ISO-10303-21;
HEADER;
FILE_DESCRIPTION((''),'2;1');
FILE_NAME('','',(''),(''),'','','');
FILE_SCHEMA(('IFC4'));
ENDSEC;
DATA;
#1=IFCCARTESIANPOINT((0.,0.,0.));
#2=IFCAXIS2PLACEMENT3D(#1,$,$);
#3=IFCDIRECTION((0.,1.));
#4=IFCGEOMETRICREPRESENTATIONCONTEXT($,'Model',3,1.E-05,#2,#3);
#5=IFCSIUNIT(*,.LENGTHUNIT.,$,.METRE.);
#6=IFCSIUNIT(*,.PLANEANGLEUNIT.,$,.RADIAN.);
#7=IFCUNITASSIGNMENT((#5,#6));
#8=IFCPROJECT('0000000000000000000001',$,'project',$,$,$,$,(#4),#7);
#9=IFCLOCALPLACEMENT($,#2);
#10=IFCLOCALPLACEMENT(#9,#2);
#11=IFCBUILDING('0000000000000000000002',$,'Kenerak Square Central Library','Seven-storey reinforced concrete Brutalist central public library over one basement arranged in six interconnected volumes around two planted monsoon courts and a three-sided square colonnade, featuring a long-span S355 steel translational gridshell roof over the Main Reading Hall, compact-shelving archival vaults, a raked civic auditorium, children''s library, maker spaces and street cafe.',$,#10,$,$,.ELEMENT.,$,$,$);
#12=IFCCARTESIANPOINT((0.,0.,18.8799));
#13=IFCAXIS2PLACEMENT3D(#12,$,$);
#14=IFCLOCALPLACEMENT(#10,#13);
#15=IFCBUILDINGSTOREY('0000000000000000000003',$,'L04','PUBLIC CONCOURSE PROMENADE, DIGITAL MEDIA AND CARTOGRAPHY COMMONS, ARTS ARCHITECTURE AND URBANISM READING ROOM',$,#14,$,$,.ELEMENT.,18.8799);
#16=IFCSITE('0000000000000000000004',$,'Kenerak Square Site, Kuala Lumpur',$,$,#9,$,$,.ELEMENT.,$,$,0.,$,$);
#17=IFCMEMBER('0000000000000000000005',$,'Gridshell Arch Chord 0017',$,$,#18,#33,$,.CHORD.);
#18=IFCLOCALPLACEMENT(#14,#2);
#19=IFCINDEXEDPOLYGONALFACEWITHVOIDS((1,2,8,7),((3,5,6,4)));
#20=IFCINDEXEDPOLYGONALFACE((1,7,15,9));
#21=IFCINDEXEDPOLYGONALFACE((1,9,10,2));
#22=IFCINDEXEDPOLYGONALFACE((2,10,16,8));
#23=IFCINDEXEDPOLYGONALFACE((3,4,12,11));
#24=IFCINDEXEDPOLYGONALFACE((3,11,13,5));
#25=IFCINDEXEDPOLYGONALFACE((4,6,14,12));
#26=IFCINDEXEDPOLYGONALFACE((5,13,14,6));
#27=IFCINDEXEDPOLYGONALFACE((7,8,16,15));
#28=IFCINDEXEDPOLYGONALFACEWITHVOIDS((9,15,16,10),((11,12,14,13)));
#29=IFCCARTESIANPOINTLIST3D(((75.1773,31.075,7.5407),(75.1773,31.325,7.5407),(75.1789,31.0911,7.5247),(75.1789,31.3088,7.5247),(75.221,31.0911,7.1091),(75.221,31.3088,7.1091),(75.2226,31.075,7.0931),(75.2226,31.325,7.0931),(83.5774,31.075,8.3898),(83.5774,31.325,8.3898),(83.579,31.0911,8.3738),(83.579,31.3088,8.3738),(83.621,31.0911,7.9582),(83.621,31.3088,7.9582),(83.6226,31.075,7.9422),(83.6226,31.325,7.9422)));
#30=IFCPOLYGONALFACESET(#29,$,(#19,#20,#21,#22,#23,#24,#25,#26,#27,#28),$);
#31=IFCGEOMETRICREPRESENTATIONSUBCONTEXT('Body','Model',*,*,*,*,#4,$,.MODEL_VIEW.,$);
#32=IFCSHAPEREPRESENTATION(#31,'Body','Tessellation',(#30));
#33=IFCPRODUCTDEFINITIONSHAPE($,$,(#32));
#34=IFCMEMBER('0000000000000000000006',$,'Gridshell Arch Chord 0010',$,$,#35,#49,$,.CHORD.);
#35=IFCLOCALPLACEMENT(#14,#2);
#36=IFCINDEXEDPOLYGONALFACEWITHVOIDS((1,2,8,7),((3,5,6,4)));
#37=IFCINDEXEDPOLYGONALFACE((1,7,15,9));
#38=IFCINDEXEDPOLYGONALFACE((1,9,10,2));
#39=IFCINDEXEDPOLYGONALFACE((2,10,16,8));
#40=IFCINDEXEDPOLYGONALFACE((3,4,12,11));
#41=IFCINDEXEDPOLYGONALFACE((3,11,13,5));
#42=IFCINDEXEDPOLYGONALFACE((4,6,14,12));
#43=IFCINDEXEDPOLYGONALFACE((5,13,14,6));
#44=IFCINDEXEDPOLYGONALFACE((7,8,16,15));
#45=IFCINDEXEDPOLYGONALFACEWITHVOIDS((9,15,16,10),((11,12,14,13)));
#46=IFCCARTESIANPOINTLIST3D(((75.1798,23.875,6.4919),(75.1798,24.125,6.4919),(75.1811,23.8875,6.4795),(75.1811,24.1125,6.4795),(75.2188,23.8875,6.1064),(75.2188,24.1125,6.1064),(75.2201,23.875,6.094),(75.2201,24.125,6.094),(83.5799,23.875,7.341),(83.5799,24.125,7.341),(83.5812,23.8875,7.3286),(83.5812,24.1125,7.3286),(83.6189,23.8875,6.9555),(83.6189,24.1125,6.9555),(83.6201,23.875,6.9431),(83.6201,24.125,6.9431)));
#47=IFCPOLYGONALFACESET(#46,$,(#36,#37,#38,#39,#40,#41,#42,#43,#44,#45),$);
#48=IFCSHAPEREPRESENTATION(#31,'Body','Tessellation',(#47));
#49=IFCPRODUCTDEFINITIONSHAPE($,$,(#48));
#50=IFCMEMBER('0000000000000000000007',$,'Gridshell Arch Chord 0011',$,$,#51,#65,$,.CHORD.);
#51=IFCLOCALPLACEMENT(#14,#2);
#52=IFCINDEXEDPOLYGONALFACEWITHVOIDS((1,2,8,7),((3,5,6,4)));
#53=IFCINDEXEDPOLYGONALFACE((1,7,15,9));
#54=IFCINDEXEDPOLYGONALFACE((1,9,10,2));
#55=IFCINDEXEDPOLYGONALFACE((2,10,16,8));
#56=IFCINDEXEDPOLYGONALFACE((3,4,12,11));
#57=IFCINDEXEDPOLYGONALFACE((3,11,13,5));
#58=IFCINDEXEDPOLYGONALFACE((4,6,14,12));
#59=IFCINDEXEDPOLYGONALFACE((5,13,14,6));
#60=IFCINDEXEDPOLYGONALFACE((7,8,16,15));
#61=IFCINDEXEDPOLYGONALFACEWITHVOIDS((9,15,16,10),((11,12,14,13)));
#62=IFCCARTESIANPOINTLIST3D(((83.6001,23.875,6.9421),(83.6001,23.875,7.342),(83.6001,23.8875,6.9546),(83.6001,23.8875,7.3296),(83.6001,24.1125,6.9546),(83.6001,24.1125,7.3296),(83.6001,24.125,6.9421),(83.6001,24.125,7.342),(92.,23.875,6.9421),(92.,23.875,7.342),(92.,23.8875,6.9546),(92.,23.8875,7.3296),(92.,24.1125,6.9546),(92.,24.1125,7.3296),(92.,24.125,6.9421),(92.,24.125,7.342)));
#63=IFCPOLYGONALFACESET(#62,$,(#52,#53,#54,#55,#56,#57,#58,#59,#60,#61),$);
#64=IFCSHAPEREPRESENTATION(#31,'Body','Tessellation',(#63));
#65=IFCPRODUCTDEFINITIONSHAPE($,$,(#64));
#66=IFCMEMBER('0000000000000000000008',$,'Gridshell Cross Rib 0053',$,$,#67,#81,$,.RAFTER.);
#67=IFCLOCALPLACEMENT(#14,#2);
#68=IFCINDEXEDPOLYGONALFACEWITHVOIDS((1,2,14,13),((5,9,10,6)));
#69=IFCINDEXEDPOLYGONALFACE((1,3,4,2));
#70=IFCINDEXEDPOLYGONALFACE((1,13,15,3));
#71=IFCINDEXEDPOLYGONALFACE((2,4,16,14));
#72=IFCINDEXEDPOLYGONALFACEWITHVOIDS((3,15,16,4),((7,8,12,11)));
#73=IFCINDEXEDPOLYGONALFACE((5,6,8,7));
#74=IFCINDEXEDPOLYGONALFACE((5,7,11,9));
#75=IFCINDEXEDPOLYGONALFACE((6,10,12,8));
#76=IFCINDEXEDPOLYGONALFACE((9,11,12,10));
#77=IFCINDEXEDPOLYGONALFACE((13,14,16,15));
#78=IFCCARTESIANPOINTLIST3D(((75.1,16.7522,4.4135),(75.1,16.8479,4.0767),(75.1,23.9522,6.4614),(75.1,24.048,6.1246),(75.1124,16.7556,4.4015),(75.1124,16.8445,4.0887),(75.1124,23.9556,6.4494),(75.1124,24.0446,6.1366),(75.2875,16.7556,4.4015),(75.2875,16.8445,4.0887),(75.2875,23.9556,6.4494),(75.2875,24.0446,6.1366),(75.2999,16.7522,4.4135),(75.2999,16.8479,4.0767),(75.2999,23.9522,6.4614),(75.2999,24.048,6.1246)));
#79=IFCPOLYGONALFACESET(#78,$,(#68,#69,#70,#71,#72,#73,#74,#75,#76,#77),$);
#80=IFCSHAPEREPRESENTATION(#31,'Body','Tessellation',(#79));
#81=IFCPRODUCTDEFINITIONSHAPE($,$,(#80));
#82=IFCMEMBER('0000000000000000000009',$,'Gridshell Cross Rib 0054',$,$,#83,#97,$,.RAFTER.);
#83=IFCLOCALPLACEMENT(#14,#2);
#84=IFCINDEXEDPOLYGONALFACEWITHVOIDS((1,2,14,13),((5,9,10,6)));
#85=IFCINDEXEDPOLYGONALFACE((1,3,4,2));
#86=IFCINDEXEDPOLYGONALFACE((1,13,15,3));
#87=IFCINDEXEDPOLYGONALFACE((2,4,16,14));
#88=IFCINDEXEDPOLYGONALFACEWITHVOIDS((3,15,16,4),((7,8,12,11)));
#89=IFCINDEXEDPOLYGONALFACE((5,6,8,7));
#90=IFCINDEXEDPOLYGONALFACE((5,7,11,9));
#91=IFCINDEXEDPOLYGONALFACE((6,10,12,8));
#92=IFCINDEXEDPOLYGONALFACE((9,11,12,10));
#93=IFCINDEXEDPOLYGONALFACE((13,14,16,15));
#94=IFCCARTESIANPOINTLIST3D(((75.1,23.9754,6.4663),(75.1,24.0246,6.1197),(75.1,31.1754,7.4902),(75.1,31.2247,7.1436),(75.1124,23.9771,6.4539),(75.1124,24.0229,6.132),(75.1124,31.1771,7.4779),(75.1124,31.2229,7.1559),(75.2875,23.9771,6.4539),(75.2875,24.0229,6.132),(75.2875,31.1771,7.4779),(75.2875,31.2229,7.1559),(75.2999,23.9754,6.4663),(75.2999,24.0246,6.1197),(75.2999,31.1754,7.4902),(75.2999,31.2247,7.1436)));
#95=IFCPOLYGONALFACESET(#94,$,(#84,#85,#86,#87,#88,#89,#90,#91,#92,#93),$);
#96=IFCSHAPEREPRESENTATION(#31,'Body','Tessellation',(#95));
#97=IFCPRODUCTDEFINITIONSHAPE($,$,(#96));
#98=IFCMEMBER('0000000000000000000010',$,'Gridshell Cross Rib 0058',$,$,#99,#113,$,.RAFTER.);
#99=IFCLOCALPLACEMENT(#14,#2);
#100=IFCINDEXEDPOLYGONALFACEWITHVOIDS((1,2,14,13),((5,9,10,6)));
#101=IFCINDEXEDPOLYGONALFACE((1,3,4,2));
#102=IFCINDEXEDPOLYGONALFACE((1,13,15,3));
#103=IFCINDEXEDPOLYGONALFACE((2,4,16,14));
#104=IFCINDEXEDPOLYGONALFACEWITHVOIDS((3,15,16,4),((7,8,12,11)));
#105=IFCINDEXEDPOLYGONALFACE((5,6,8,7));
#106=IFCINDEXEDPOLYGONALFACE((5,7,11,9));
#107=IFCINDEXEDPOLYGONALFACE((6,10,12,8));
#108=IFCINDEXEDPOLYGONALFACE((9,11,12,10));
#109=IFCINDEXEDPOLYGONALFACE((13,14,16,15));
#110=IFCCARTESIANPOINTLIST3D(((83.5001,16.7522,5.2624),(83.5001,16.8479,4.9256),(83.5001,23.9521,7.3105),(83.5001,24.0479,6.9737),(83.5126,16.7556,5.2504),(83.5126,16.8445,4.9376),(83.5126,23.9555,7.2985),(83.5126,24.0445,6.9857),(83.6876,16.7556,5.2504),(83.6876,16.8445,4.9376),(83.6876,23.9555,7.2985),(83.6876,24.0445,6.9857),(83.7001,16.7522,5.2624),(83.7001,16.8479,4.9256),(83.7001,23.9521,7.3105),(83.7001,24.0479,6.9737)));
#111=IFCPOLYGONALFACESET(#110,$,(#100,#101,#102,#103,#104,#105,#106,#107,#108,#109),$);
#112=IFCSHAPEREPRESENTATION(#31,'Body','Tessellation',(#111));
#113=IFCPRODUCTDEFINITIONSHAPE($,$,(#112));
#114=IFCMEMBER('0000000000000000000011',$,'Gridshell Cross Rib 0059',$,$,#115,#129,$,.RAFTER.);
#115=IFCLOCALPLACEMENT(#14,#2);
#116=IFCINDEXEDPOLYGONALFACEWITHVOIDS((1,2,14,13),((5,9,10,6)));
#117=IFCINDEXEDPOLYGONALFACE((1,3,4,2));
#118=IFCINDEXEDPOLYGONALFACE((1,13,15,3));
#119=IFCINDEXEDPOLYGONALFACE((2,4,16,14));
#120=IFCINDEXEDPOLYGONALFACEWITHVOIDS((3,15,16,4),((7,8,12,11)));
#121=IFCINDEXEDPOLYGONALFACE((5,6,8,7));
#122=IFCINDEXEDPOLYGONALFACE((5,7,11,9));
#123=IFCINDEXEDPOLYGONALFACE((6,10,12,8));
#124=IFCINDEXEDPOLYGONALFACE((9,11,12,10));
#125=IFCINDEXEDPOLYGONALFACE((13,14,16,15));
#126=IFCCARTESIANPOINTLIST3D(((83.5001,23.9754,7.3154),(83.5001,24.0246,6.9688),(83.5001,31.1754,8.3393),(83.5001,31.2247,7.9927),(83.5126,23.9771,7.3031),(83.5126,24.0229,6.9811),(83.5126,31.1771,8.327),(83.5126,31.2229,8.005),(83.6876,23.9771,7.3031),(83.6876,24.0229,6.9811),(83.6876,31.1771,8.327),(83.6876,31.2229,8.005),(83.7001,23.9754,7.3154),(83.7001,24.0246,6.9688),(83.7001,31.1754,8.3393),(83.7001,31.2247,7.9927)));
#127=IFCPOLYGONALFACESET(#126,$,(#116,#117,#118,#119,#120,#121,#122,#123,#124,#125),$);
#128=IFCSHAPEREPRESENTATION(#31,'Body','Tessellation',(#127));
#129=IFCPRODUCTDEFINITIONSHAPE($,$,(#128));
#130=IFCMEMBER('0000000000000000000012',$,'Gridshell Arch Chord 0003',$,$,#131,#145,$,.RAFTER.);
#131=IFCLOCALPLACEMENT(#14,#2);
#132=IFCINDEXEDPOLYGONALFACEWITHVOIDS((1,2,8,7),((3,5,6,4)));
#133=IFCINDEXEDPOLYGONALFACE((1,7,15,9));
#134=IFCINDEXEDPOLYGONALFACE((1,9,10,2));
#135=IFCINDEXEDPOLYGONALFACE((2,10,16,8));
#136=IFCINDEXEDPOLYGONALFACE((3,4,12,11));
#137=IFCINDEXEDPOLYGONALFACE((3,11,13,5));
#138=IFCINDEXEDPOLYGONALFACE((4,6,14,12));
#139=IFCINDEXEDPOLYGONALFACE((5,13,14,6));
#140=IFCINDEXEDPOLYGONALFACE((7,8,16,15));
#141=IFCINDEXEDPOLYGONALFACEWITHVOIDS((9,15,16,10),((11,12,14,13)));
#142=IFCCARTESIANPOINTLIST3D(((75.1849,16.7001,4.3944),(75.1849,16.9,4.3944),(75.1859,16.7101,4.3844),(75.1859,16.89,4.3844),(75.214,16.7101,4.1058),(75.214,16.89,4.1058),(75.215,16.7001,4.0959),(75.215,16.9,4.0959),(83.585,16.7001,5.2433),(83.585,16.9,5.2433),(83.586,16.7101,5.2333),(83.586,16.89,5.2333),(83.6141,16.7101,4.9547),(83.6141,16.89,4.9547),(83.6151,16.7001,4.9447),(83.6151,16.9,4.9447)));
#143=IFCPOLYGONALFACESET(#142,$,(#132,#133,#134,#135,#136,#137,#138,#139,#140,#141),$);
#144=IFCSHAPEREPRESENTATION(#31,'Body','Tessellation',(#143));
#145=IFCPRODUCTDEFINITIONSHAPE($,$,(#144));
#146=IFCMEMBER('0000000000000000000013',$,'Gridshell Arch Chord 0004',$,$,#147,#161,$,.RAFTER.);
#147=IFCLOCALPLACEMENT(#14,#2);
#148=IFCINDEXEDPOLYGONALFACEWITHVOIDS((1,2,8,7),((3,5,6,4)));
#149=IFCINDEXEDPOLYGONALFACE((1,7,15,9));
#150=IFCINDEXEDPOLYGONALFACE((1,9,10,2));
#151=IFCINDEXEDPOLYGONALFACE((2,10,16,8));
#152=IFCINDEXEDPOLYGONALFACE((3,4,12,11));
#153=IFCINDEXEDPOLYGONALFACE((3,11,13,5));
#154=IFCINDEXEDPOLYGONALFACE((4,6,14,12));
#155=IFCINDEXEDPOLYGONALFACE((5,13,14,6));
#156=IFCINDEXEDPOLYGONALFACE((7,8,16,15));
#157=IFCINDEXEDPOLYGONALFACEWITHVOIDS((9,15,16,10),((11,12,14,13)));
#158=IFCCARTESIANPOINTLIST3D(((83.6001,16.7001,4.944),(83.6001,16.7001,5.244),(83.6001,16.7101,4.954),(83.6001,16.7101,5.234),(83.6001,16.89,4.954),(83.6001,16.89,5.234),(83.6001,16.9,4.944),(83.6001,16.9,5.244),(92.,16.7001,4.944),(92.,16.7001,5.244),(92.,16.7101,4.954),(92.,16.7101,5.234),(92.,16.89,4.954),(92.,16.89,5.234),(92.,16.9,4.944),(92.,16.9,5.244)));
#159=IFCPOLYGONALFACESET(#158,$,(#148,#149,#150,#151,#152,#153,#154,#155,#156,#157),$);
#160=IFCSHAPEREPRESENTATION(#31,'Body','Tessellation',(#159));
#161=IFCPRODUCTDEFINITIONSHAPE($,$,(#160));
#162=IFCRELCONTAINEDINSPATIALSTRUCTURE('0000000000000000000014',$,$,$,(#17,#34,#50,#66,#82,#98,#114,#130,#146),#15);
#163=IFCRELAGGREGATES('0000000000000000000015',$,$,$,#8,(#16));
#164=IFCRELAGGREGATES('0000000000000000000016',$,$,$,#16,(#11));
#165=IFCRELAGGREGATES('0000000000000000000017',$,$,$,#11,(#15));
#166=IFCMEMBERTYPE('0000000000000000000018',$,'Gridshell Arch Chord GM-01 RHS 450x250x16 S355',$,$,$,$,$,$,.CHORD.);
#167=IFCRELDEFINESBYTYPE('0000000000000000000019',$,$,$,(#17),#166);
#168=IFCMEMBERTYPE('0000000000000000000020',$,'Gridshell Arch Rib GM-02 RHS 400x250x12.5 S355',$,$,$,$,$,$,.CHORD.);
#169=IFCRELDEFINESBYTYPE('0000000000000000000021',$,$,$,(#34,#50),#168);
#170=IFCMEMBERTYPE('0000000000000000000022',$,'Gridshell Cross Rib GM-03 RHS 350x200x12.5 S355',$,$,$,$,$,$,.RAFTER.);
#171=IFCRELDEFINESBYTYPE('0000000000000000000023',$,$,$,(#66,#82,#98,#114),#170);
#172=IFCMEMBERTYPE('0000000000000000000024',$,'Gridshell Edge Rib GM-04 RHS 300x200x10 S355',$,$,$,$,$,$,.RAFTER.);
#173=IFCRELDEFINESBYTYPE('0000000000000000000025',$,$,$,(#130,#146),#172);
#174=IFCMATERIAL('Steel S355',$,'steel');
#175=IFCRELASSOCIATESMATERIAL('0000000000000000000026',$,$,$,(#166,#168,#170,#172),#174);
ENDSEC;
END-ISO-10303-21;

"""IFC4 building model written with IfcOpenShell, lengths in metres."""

from ifc_helpers import new_model, si_unit, direction, frame, origin, origin_2d, place, context, subcontext, project, spatial, hollow_rectangle, extrude, material, material_profile, profile_set, type_object, element, save


model = new_model("IFC4")

# Units and contexts
model_context = context("Model", 3, precision=1e-05, world=origin(), true_north=direction((0.0, 1.0)))
body_context = subcontext(model_context, "Body", "Model", "MODEL_VIEW")
ifc_project = project(units=[si_unit("LENGTHUNIT", "METRE"), si_unit("PLANEANGLEUNIT", "RADIAN")], contexts=[model_context])

# Site, building, storey
site_placement = place(None, origin())
site = spatial("IfcSite", under=ifc_project, at=site_placement, Name="Kenerak Square Site, Kuala Lumpur", CompositionType="ELEMENT", RefElevation=0.0)
building_placement = place(site_placement, origin())
building = spatial("IfcBuilding", under=site, at=building_placement, Name="Kenerak Square Central Library", Description="Seven-storey reinforced concrete Brutalist central public library over one basement arranged in six interconnected volumes around two planted monsoon courts and a three-sided square colonnade, featuring a long-span S355 steel translational gridshell roof over the Main Reading Hall, compact-shelving archival vaults, a raked civic auditorium, children's library, maker spaces and street cafe.", CompositionType="ELEMENT")
storey_placement = place(building_placement, frame((0.0, 0.0, 18.8799)))
storey = spatial("IfcBuildingStorey", under=building, at=storey_placement, Name="L04", Description="PUBLIC CONCOURSE PROMENADE, DIGITAL MEDIA AND CARTOGRAPHY COMMONS, ARTS ARCHITECTURE AND URBANISM READING ROOM", CompositionType="ELEMENT", Elevation=18.8799)

# Members
ifc_material = material(Name="Steel S355", Category="steel")
ifc_material_profile_1 = material_profile(ifc_material, hollow_rectangle(XDim=0.25, YDim=0.45, WallThickness=0.0161, at=origin_2d()), Name="RHS 450x250x16.0")
ifc_profile_set_1 = profile_set([ifc_material_profile_1], Name="Steel S355")
member_type_1 = type_object("IfcMemberType", Name="Gridshell Arch Chord GM-01 RHS 450x250x16 S355", PredefinedType="CHORD", material=ifc_profile_set_1)
member_1_placement = place(storey_placement, frame((75.2, 31.2, 7.3169), z_axis=(0.99493, 0.0, 0.100572), x_axis=(0.0, 1.0, 0.0)))
element("IfcMember", 1, at=member_1_placement, inside=storey, type_object=member_type_1, Name="Gridshell Arch Chord 0017", PredefinedType="CHORD", context=body_context, shape_type="SweptSolid", body=[
    extrude(hollow_rectangle(XDim=0.25, YDim=0.45, WallThickness=0.0161, at=origin_2d()), origin(), (0.0, 0.0, 1.0), 8.4429),
])
ifc_material_profile_2 = material_profile(ifc_material, hollow_rectangle(XDim=0.25, YDim=0.3999, WallThickness=0.0125, at=origin_2d()), Name="RHS 400x250x12.5")
ifc_profile_set_2 = profile_set([ifc_material_profile_2], Name="Steel S355")
member_type_2 = type_object("IfcMemberType", Name="Gridshell Arch Rib GM-02 RHS 400x250x12.5 S355", PredefinedType="CHORD", material=ifc_profile_set_2)
member_2_placement = place(storey_placement, frame((75.2, 24.0, 6.293), z_axis=(0.99493, 0.0, 0.100572), x_axis=(0.0, 1.0, 0.0)))
element("IfcMember", 2, at=member_2_placement, inside=storey, type_object=member_type_2, Name="Gridshell Arch Chord 0010", PredefinedType="CHORD", context=body_context, shape_type="SweptSolid", body=[
    extrude(hollow_rectangle(XDim=0.25, YDim=0.3999, WallThickness=0.0125, at=origin_2d()), origin(), (0.0, 0.0, 1.0), 8.4429),
])
member_3_placement = place(storey_placement, frame((83.6001, 24.0, 7.1421), z_axis=(1.0, 0.0, 0.0), x_axis=(0.0, 1.0, 0.0)))
element("IfcMember", 3, at=member_3_placement, inside=storey, type_object=member_type_2, Name="Gridshell Arch Chord 0011", PredefinedType="CHORD", context=body_context, shape_type="SweptSolid", body=[
    extrude(hollow_rectangle(XDim=0.25, YDim=0.3999, WallThickness=0.0125, at=origin_2d()), origin(), (0.0, 0.0, 1.0), 8.3999),
])
ifc_material_profile_3 = material_profile(ifc_material, hollow_rectangle(XDim=0.2, YDim=0.3501, WallThickness=0.0125, at=origin_2d()), Name="RHS 350x200x12.5")
ifc_profile_set_3 = profile_set([ifc_material_profile_3], Name="Steel S355")
member_type_3 = type_object("IfcMemberType", Name="Gridshell Cross Rib GM-03 RHS 350x200x12.5 S355", PredefinedType="RAFTER", material=ifc_profile_set_3)
member_4_placement = place(storey_placement, frame((75.2, 16.8, 4.2451), z_axis=(0.0, 0.961851, 0.273575), x_axis=(-1.0, 0.0, 0.0)))
element("IfcMember", 4, at=member_4_placement, inside=storey, type_object=member_type_3, Name="Gridshell Cross Rib 0053", PredefinedType="RAFTER", context=body_context, shape_type="SweptSolid", body=[
    extrude(hollow_rectangle(XDim=0.2, YDim=0.3501, WallThickness=0.0125, at=origin_2d()), origin(), (0.0, 0.0, 1.0), 7.4856),
])
member_5_placement = place(storey_placement, frame((75.2, 24.0, 6.293), z_axis=(0.0, 0.990039, 0.140796), x_axis=(-1.0, 0.0, 0.0)))
element("IfcMember", 5, at=member_5_placement, inside=storey, type_object=member_type_3, Name="Gridshell Cross Rib 0054", PredefinedType="RAFTER", context=body_context, shape_type="SweptSolid", body=[
    extrude(hollow_rectangle(XDim=0.2, YDim=0.3501, WallThickness=0.0125, at=origin_2d()), origin(), (0.0, 0.0, 1.0), 7.2725),
])
member_6_placement = place(storey_placement, frame((83.6001, 16.8, 5.094), z_axis=(0.0, 0.961842, 0.273605), x_axis=(-1.0, 0.0, 0.0)))
element("IfcMember", 6, at=member_6_placement, inside=storey, type_object=member_type_3, Name="Gridshell Cross Rib 0058", PredefinedType="RAFTER", context=body_context, shape_type="SweptSolid", body=[
    extrude(hollow_rectangle(XDim=0.2, YDim=0.3501, WallThickness=0.0125, at=origin_2d()), origin(), (0.0, 0.0, 1.0), 7.4856),
])
member_7_placement = place(storey_placement, frame((83.6001, 24.0, 7.1421), z_axis=(0.0, 0.990039, 0.140796), x_axis=(-1.0, 0.0, 0.0)))
element("IfcMember", 7, at=member_7_placement, inside=storey, type_object=member_type_3, Name="Gridshell Cross Rib 0059", PredefinedType="RAFTER", context=body_context, shape_type="SweptSolid", body=[
    extrude(hollow_rectangle(XDim=0.2, YDim=0.3501, WallThickness=0.0125, at=origin_2d()), origin(), (0.0, 0.0, 1.0), 7.2725),
])
ifc_material_profile_4 = material_profile(ifc_material, hollow_rectangle(XDim=0.2, YDim=0.3, WallThickness=0.01, at=origin_2d()), Name="RHS 300x200x10.0")
ifc_profile_set_4 = profile_set([ifc_material_profile_4], Name="Steel S355")
member_type_4 = type_object("IfcMemberType", Name="Gridshell Edge Rib GM-04 RHS 300x200x10 S355", PredefinedType="RAFTER", material=ifc_profile_set_4)
member_8_placement = place(storey_placement, frame((75.2, 16.8, 4.2451), z_axis=(0.994933, 0.0, 0.100543), x_axis=(0.0, 1.0, 0.0)))
element("IfcMember", 8, at=member_8_placement, inside=storey, type_object=member_type_4, Name="Gridshell Arch Chord 0003", PredefinedType="RAFTER", context=body_context, shape_type="SweptSolid", body=[
    extrude(hollow_rectangle(XDim=0.2, YDim=0.3, WallThickness=0.01, at=origin_2d()), origin(), (0.0, 0.0, 1.0), 8.4429),
])
member_9_placement = place(storey_placement, frame((83.6001, 16.8, 5.094), z_axis=(1.0, 0.0, 0.0), x_axis=(0.0, 1.0, 0.0)))
element("IfcMember", 9, at=member_9_placement, inside=storey, type_object=member_type_4, Name="Gridshell Arch Chord 0004", PredefinedType="RAFTER", context=body_context, shape_type="SweptSolid", body=[
    extrude(hollow_rectangle(XDim=0.2, YDim=0.3, WallThickness=0.01, at=origin_2d()), origin(), (0.0, 0.0, 1.0), 8.3999),
])

save(model, "model.ifc")
